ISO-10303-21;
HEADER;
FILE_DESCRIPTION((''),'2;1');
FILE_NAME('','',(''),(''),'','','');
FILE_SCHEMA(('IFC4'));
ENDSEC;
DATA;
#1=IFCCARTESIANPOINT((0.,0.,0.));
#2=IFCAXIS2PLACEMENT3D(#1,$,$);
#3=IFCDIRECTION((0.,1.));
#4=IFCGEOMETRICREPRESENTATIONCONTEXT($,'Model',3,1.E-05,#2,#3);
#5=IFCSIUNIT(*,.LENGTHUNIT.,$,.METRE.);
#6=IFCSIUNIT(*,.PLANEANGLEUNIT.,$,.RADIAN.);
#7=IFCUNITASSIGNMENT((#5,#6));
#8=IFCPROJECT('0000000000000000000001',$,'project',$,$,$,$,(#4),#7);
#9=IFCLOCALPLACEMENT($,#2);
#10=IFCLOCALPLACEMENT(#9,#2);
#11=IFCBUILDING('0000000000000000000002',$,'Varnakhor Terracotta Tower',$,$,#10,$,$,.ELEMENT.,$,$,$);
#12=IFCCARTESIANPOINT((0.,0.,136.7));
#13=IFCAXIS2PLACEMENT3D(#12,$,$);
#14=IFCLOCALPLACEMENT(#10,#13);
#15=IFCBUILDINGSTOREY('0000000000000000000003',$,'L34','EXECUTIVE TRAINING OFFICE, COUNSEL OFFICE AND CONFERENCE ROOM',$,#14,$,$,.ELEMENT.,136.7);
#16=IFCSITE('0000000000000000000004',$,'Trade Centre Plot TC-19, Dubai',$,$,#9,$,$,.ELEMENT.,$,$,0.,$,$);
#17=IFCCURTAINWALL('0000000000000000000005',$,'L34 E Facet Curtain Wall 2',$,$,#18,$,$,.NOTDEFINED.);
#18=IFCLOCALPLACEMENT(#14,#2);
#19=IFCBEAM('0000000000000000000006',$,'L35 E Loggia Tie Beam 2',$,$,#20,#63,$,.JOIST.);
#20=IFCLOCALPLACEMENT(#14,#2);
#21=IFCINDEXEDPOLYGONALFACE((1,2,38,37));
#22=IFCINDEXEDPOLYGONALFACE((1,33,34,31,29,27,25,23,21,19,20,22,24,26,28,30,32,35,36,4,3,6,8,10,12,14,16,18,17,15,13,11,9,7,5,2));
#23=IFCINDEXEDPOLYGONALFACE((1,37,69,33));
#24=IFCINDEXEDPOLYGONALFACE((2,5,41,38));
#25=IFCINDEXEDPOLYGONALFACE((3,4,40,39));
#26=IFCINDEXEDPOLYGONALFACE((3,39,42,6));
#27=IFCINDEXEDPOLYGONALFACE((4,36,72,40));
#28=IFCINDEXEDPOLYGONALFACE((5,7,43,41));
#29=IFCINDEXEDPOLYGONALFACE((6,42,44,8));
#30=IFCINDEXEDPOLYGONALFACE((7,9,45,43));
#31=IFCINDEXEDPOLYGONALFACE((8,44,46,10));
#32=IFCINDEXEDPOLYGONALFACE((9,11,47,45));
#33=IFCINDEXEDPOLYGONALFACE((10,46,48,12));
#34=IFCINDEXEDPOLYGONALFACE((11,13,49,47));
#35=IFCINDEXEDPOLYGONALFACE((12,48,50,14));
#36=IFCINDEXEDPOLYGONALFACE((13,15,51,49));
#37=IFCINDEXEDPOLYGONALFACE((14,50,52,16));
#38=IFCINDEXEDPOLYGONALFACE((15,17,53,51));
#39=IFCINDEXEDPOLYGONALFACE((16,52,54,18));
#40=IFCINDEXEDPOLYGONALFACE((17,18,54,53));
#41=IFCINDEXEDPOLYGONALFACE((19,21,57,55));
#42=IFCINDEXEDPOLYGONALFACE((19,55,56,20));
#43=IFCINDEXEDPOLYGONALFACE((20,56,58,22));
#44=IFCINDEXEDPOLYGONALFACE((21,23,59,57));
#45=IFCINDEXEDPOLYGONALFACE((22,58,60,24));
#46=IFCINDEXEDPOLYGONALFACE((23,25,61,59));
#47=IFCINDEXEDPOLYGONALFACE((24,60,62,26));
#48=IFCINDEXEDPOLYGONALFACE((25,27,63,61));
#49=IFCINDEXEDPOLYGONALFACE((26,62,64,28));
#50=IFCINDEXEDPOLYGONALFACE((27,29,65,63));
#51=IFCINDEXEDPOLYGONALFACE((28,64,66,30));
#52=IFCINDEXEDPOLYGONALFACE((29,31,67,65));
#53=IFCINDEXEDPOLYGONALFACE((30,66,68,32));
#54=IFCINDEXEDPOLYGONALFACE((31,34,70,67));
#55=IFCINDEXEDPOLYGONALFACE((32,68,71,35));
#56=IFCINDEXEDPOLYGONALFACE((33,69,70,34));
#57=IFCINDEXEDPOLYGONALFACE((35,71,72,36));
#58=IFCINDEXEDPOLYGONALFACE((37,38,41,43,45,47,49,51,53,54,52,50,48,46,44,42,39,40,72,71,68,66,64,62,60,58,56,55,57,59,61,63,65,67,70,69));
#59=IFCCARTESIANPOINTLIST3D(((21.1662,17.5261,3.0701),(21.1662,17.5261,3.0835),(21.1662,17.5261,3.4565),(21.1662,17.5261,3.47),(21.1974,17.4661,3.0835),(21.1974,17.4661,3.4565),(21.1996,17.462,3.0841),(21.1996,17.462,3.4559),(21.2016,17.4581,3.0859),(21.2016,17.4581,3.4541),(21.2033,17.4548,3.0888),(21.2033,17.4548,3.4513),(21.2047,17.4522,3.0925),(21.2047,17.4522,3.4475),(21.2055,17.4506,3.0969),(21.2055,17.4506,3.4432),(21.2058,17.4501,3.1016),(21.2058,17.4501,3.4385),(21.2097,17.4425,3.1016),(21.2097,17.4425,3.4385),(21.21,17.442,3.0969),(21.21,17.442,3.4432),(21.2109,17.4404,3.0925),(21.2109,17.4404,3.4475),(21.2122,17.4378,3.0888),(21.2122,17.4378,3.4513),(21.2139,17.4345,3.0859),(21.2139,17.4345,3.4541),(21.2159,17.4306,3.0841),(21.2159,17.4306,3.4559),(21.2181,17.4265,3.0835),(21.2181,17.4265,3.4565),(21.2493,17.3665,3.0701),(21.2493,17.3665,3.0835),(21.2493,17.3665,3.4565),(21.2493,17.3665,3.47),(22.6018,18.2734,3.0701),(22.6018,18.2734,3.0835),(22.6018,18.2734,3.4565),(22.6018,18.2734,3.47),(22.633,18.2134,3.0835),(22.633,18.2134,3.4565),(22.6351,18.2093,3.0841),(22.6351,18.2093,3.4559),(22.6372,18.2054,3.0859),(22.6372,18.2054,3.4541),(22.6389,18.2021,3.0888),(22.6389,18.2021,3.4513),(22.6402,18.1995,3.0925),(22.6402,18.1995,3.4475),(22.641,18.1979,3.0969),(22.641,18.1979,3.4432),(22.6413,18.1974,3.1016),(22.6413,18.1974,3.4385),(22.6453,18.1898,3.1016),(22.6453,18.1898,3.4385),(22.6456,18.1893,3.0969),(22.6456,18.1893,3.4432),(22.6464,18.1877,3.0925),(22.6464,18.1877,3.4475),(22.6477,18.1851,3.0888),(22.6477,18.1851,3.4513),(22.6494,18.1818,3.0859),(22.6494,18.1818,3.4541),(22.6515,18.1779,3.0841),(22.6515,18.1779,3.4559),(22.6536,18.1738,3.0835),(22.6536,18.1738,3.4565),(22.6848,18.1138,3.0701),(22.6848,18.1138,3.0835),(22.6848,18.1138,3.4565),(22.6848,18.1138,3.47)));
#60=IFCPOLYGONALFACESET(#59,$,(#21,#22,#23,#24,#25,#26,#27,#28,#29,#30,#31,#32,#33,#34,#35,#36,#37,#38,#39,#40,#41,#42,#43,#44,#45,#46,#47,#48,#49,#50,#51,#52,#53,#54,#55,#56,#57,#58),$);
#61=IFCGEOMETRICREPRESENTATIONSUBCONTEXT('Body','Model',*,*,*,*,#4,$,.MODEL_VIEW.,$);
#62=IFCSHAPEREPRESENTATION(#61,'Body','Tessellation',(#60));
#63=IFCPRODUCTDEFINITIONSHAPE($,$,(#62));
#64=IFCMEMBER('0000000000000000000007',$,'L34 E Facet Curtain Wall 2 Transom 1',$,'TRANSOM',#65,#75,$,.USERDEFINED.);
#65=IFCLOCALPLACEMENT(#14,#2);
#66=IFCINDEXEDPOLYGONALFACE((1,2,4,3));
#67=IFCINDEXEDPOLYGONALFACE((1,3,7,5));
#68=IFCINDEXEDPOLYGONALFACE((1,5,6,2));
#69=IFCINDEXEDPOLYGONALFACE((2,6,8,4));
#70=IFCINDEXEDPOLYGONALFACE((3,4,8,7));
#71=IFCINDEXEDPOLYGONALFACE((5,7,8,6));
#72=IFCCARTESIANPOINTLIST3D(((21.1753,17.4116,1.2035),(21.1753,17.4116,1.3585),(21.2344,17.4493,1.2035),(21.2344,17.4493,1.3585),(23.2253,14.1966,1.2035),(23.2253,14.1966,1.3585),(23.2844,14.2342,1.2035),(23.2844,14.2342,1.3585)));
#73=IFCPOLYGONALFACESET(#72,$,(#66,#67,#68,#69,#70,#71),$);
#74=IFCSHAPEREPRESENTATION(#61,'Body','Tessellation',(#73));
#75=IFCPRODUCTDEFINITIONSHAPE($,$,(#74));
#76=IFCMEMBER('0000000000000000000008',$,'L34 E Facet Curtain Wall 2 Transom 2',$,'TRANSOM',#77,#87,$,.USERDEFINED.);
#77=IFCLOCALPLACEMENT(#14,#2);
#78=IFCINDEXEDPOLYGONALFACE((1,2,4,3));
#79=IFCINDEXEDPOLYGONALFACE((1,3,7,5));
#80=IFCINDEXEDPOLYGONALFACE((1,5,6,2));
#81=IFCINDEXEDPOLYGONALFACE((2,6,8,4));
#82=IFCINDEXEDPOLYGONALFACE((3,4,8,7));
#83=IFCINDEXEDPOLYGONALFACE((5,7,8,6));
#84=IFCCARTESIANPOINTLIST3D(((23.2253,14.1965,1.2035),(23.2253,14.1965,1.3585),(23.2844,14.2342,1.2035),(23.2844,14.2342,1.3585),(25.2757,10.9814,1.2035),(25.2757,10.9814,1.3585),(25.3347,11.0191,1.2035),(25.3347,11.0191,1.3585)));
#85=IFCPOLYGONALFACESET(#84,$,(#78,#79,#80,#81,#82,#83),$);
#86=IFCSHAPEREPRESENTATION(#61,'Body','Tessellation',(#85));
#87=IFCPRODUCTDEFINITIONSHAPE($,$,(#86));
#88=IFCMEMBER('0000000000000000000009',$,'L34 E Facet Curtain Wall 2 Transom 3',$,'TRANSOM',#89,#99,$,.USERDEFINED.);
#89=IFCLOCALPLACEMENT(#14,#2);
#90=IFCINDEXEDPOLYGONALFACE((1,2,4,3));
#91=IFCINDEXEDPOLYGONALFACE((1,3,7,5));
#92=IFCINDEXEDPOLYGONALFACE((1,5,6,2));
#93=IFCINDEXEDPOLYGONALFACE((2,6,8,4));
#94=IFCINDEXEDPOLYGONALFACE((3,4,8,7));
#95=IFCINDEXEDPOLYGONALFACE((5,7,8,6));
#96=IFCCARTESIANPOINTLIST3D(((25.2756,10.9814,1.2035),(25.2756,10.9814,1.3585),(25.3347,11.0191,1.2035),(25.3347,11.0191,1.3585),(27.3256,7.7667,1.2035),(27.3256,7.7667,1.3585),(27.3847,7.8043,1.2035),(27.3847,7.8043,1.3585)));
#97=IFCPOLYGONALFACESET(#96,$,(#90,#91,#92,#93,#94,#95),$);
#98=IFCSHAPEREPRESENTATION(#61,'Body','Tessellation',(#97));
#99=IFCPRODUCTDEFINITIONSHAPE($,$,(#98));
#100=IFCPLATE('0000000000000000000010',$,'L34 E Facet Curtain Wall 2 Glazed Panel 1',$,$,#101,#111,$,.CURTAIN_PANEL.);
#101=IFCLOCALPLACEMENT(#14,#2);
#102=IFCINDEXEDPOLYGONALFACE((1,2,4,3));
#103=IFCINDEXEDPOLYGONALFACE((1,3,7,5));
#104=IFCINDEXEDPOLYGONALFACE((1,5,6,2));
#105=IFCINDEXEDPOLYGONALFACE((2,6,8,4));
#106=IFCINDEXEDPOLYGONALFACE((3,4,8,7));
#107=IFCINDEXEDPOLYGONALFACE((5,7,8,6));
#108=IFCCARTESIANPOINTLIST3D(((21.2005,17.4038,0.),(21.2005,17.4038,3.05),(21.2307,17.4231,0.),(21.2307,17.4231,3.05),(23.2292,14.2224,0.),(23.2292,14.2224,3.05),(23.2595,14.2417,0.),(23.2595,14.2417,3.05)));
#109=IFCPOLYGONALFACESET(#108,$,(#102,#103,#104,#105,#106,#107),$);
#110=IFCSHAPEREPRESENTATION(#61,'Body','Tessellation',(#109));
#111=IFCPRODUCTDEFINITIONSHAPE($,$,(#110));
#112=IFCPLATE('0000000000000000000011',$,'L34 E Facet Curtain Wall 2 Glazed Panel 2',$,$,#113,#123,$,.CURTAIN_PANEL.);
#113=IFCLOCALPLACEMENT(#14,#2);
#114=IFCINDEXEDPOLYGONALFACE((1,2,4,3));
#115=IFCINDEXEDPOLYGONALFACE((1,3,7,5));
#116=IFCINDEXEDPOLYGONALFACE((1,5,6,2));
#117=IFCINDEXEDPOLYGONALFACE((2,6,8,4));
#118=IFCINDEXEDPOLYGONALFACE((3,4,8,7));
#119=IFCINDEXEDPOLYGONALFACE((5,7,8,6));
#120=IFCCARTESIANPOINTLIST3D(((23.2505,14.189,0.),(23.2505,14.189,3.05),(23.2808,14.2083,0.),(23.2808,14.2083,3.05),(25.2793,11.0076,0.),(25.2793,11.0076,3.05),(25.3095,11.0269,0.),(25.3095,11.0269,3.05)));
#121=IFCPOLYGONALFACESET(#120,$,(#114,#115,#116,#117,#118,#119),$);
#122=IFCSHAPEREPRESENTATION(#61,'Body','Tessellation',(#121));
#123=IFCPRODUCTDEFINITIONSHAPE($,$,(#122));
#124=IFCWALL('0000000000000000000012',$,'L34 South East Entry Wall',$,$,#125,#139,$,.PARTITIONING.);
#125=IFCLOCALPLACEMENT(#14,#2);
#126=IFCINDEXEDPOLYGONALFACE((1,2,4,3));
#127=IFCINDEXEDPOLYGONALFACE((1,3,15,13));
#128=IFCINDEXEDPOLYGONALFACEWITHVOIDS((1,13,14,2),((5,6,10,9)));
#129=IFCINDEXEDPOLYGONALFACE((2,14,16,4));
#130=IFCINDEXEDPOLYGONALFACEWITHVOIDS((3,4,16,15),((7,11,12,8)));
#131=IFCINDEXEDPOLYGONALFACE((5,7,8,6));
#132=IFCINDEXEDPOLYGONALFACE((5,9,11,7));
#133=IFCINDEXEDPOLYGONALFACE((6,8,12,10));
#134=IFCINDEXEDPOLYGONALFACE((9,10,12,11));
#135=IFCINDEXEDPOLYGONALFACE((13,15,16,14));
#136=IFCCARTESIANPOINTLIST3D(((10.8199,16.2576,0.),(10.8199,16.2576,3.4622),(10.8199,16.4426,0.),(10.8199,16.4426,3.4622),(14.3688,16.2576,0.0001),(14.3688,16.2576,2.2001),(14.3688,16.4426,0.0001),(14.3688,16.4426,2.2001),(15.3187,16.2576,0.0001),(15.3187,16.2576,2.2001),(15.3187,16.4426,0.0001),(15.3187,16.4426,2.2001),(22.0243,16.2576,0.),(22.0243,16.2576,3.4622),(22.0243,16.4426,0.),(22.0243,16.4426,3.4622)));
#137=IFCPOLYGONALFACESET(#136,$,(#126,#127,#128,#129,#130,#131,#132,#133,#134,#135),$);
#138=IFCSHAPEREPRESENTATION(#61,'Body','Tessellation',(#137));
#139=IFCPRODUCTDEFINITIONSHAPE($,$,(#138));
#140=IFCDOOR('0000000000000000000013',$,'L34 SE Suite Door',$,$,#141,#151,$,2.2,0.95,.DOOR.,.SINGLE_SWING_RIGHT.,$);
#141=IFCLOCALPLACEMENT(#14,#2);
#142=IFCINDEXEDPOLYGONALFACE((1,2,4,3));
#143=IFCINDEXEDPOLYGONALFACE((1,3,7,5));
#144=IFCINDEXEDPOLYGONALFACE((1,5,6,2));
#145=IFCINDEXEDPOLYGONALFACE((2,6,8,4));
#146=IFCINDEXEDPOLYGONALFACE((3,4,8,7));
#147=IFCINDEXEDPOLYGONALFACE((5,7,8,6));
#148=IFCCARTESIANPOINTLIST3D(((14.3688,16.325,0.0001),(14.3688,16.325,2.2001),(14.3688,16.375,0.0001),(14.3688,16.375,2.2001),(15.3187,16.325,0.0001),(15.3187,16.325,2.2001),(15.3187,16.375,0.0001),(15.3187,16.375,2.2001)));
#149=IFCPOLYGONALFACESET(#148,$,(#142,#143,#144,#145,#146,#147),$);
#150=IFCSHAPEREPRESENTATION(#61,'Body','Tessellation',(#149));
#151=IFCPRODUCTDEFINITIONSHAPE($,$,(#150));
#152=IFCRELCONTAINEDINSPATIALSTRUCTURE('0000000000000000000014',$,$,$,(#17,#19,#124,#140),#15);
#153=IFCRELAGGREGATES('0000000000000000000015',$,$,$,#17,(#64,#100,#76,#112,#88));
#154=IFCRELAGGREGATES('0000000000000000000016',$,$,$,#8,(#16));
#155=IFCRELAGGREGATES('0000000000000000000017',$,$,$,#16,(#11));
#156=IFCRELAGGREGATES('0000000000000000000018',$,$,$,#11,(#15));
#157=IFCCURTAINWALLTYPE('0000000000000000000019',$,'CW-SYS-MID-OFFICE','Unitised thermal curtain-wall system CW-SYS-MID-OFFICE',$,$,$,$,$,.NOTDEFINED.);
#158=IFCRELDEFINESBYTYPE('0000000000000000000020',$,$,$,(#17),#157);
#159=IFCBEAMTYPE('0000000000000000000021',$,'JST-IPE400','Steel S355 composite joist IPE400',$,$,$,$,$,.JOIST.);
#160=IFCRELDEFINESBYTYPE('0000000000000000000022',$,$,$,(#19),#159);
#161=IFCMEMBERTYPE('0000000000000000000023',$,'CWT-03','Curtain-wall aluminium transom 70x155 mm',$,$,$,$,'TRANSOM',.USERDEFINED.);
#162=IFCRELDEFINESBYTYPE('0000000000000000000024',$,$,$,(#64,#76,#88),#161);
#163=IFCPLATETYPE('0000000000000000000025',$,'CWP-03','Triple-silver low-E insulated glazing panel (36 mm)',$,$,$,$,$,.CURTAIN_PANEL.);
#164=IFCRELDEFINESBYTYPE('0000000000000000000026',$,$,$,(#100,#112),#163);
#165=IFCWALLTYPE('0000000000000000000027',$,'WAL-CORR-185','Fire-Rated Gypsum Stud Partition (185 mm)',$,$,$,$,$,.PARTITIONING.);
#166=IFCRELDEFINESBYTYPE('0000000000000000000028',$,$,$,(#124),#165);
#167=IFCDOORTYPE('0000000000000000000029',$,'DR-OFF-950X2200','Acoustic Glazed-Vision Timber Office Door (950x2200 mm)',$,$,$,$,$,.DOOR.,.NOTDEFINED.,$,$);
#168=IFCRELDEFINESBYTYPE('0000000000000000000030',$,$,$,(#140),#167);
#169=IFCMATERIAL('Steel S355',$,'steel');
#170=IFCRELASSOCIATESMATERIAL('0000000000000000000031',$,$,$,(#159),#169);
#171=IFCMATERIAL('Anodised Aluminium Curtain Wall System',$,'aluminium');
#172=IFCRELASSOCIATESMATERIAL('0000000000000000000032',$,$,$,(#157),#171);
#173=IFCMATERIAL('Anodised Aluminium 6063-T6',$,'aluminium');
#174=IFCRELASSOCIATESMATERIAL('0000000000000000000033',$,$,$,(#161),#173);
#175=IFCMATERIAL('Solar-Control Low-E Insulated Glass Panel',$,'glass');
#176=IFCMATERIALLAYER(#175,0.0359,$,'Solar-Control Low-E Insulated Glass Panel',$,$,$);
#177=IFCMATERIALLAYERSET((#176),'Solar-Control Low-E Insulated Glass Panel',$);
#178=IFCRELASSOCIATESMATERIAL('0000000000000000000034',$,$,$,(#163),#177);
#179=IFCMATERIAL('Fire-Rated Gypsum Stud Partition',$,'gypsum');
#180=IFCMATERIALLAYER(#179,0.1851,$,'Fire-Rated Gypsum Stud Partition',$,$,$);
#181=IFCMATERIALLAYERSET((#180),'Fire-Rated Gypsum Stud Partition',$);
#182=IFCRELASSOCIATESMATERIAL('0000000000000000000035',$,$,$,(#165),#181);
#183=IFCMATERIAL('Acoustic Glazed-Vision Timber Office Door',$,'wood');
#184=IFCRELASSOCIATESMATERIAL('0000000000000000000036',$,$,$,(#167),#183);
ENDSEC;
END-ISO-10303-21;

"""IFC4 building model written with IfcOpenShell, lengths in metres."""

from ifc_helpers import new_model, si_unit, direction, frame, frame_2d, origin, origin_2d, place, context, subcontext, project, spatial, rectangle, i_section, extrude, source, transform, mapped, material, layer, layer_set, material_profile, profile_set, type_object, type_shapes, element, fill, aggregate, save


model = new_model("IFC4")

# Units and contexts
model_context = context("Model", 3, precision=1e-05, world=origin(), true_north=direction((0.0, 1.0)))
body_context = subcontext(model_context, "Body", "Model", "MODEL_VIEW")
ifc_project = project(units=[si_unit("LENGTHUNIT", "METRE"), si_unit("PLANEANGLEUNIT", "RADIAN")], contexts=[model_context])

# Site, building, storey
site_placement = place(None, origin())
site = spatial("IfcSite", under=ifc_project, at=site_placement, Name="Trade Centre Plot TC-19, Dubai", CompositionType="ELEMENT", RefElevation=0.0)
building_placement = place(site_placement, origin())
building = spatial("IfcBuilding", under=site, at=building_placement, Name="Varnakhor Terracotta Tower", CompositionType="ELEMENT")
storey_placement = place(building_placement, frame((0.0, 0.0, 136.7)))
storey = spatial("IfcBuildingStorey", under=building, at=storey_placement, Name="L34", Description="EXECUTIVE TRAINING OFFICE, COUNSEL OFFICE AND CONFERENCE ROOM", CompositionType="ELEMENT", Elevation=136.7)

# Shared definitions
ifc_material_1 = material(Name="Steel S355", Category="steel")
ifc_material_profile_1 = material_profile(ifc_material_1, i_section(OverallWidth=0.1799, OverallDepth=0.3999, WebThickness=0.0085, FlangeThickness=0.0134, FilletRadius=0.0181, at=origin_2d()), Name="IPE400")
ifc_profile_set_1 = profile_set([ifc_material_profile_1], Name="Steel S355")
beam_type_1 = type_object("IfcBeamType", Name="JST-IPE400", Description="Steel S355 composite joist IPE400", PredefinedType="JOIST", material=ifc_profile_set_1)

# Curtain wall
ifc_material_2 = material(Name="Anodised Aluminium Curtain Wall System", Category="aluminium")
curtain_wall_type = type_object("IfcCurtainWallType", Name="CW-SYS-MID-OFFICE", Description="Unitised thermal curtain-wall system CW-SYS-MID-OFFICE", PredefinedType="NOTDEFINED", material=ifc_material_2)
curtain_wall_placement = place(storey_placement, origin())
curtain_wall = element("IfcCurtainWall", 1, at=curtain_wall_placement, inside=storey, type_object=curtain_wall_type, Name="L34 E Facet Curtain Wall 2", PredefinedType="NOTDEFINED")
ifc_material_3 = material(Name="Anodised Aluminium 6063-T6", Category="aluminium")

# Beam
shared_shape_1 = source(origin(), body_context, "Body", "SweptSolid", [
    extrude(i_section(OverallWidth=0.1799, OverallDepth=0.3999, WebThickness=0.0085, FlangeThickness=0.0134, FilletRadius=0.0181, at=origin_2d()), origin(), (0.0, 0.0, 1.0), 1.6184),
])
beam_1_placement = place(storey_placement, frame((21.2078, 17.4463, 3.27), z_axis=(0.887007, 0.461756, 0.0), x_axis=(-0.461756, 0.887007, 0.0)))
element("IfcBeam", 2, at=beam_1_placement, inside=storey, type_object=beam_type_1, Name="L35 E Loggia Tie Beam 2", PredefinedType="JOIST", context=body_context, shape_type="MappedRepresentation", body=[
    mapped(shared_shape_1, transform((0.0, 0.0, 0.0), scale=1.0)),
])

# Members
ifc_material_profile_2 = material_profile(ifc_material_3, rectangle(XDim=0.0701, YDim=0.155, at=origin_2d()), Name="ALU TRANSOM 70x155")
ifc_profile_set_2 = profile_set([ifc_material_profile_2], Name="Anodised Aluminium 6063-T6")
member_type_1 = type_object("IfcMemberType", Name="CWT-03", Description="Curtain-wall aluminium transom 70x155 mm", ElementType="TRANSOM", PredefinedType="USERDEFINED", material=ifc_profile_set_2)
shared_shape_2 = source(origin(), body_context, "Body", "SweptSolid", [
    extrude(rectangle(XDim=0.0701, YDim=0.155, at=origin_2d()), origin(), (0.0, 0.0, 1.0), 3.813),
])
member_1_placement = place(storey_placement, frame((21.2048, 17.4304, 1.281), z_axis=(0.537638, -0.843176, 0.0), x_axis=(0.843176, 0.537638, 0.0)))
member_1 = element("IfcMember", 3, at=member_1_placement, type_object=member_type_1, Name="L34 E Facet Curtain Wall 2 Transom 1", ObjectType="TRANSOM", PredefinedType="USERDEFINED", context=body_context, shape_type="MappedRepresentation", body=[
    mapped(shared_shape_2, transform((0.0, 0.0, 0.0), scale=1.0)),
])
shared_shape_3 = source(origin(), body_context, "Body", "SweptSolid", [
    extrude(rectangle(XDim=0.0701, YDim=0.155, at=origin_2d()), origin(), (0.0, 0.0, 1.0), 3.8132),
])
member_2_placement = place(storey_placement, frame((23.2549, 14.2153, 1.281), z_axis=(0.537683, -0.843147, 0.0), x_axis=(0.843147, 0.537683, 0.0)))
member_2 = element("IfcMember", 4, at=member_2_placement, type_object=member_type_1, Name="L34 E Facet Curtain Wall 2 Transom 2", ObjectType="TRANSOM", PredefinedType="USERDEFINED", context=body_context, shape_type="MappedRepresentation", body=[
    mapped(shared_shape_3, transform((0.0, 0.0, 0.0), scale=1.0)),
])
shared_shape_4 = source(origin(), body_context, "Body", "SweptSolid", [
    extrude(rectangle(XDim=0.0701, YDim=0.155, at=origin_2d()), origin(), (0.0, 0.0, 1.0), 3.8127),
])
member_3_placement = place(storey_placement, frame((25.3052, 11.0002, 1.281), z_axis=(0.537667, -0.843158, 0.0), x_axis=(0.843158, 0.537667, 0.0)))
member_3 = element("IfcMember", 5, at=member_3_placement, type_object=member_type_1, Name="L34 E Facet Curtain Wall 2 Transom 3", ObjectType="TRANSOM", PredefinedType="USERDEFINED", context=body_context, shape_type="MappedRepresentation", body=[
    mapped(shared_shape_4, transform((0.0, 0.0, 0.0), scale=1.0)),
])

# Plates
ifc_material_4 = material(Name="Solar-Control Low-E Insulated Glass Panel", Category="glass")
ifc_layer_1 = layer(ifc_material_4, 0.0359, Name="Solar-Control Low-E Insulated Glass Panel")
ifc_layer_set_1 = layer_set([ifc_layer_1], Name="Solar-Control Low-E Insulated Glass Panel")
plate_type = type_object("IfcPlateType", Name="CWP-03", Description="Triple-silver low-E insulated glazing panel (36 mm)", PredefinedType="CURTAIN_PANEL", material=ifc_layer_set_1)
shared_shape_5 = source(origin(), body_context, "Body", "SweptSolid", [
    extrude(rectangle(XDim=3.7732, YDim=0.0359, at=origin_2d()), origin(), (0.0, 0.0, 1.0), 3.05),
])
plate_1_placement = place(storey_placement, frame((22.23, 15.8228, 0.0), z_axis=(0.0, 0.0, 1.0), x_axis=(0.537668, -0.843157, 0.0)))
plate_1 = element("IfcPlate", 6, at=plate_1_placement, type_object=plate_type, Name="L34 E Facet Curtain Wall 2 Glazed Panel 1", PredefinedType="CURTAIN_PANEL", context=body_context, shape_type="MappedRepresentation", body=[
    mapped(shared_shape_5, transform((0.0, 0.0, 0.0), scale=1.0)),
])
plate_2_placement = place(storey_placement, frame((24.28, 12.6079, 0.0), z_axis=(0.0, 0.0, 1.0), x_axis=(0.537668, -0.843157, 0.0)))
plate_2 = element("IfcPlate", 7, at=plate_2_placement, type_object=plate_type, Name="L34 E Facet Curtain Wall 2 Glazed Panel 2", PredefinedType="CURTAIN_PANEL", context=body_context, shape_type="MappedRepresentation", body=[
    mapped(shared_shape_5, transform((0.0, 0.0, 0.0), scale=1.0)),
])
aggregate(curtain_wall, [member_1, plate_1, member_2, plate_2, member_3])

# Wall, opening, door
ifc_material_5 = material(Name="Fire-Rated Gypsum Stud Partition", Category="gypsum")
ifc_layer_2 = layer(ifc_material_5, 0.1851, Name="Fire-Rated Gypsum Stud Partition")
ifc_layer_set_2 = layer_set([ifc_layer_2], Name="Fire-Rated Gypsum Stud Partition")
wall_type_1 = type_object("IfcWallType", Name="WAL-CORR-185", Description="Fire-Rated Gypsum Stud Partition (185 mm)", PredefinedType="PARTITIONING", material=ifc_layer_set_2)
wall_1_placement = place(storey_placement, frame((10.8201, 16.3501, 0.0), z_axis=(0.0, 0.0, 1.0), x_axis=(1.0, 0.0, 0.0)))
wall_1 = element("IfcWall", 8, at=wall_1_placement, inside=storey, type_object=wall_type_1, Name="L34 South East Entry Wall", PredefinedType="PARTITIONING", context=body_context, shape_type="SweptSolid", body=[
    extrude(rectangle(XDim=11.2043, YDim=0.1851, at=frame_2d((5.6021, 0.0))), origin(), (0.0, 0.0, 1.0), 3.4622),
])
opening_1_placement = place(wall_1_placement, frame((3.5486, 0.0, 0.0)))
opening_1 = element("IfcOpeningElement", 9, at=opening_1_placement, cuts=wall_1, PredefinedType="OPENING", context=body_context, shape_type="SweptSolid", body=[
    extrude(rectangle(XDim=0.95, YDim=2.2, at=frame_2d((0.4751, 1.1001))), frame((0.0, 0.1025, 0.0), z_axis=(0.0, -1.0, 0.0), x_axis=(1.0, 0.0, 0.0)), (0.0, 0.0, 1.0), 0.2051),
])
ifc_material_6 = material(Name="Acoustic Glazed-Vision Timber Office Door", Category="wood")
door_type = type_object("IfcDoorType", Name="DR-OFF-950X2200", Description="Acoustic Glazed-Vision Timber Office Door (950x2200 mm)", OperationType="NOTDEFINED", PredefinedType="DOOR", material=ifc_material_6)
shared_shape_6 = source(origin(), body_context, "Body", "SweptSolid", [
    extrude(rectangle(XDim=0.95, YDim=2.2, at=frame_2d((0.4751, 1.1001))), frame((0.0, 0.0249, 0.0), z_axis=(0.0, -1.0, 0.0), x_axis=(1.0, 0.0, 0.0)), (0.0, 0.0, 1.0), 0.05),
])
type_shapes(door_type, [shared_shape_6])
door_1_placement = place(opening_1_placement, origin())
door_1 = element("IfcDoor", 10, at=door_1_placement, inside=storey, type_object=door_type, Name="L34 SE Suite Door", OperationType="SINGLE_SWING_RIGHT", OverallHeight=2.2, OverallWidth=0.95, PredefinedType="DOOR", context=body_context, shape_type="MappedRepresentation", body=[
    mapped(shared_shape_6, transform((0.0, 0.0, 0.0), scale=1.0)),
])
fill(opening_1, door_1)

save(model, "model.ifc")
